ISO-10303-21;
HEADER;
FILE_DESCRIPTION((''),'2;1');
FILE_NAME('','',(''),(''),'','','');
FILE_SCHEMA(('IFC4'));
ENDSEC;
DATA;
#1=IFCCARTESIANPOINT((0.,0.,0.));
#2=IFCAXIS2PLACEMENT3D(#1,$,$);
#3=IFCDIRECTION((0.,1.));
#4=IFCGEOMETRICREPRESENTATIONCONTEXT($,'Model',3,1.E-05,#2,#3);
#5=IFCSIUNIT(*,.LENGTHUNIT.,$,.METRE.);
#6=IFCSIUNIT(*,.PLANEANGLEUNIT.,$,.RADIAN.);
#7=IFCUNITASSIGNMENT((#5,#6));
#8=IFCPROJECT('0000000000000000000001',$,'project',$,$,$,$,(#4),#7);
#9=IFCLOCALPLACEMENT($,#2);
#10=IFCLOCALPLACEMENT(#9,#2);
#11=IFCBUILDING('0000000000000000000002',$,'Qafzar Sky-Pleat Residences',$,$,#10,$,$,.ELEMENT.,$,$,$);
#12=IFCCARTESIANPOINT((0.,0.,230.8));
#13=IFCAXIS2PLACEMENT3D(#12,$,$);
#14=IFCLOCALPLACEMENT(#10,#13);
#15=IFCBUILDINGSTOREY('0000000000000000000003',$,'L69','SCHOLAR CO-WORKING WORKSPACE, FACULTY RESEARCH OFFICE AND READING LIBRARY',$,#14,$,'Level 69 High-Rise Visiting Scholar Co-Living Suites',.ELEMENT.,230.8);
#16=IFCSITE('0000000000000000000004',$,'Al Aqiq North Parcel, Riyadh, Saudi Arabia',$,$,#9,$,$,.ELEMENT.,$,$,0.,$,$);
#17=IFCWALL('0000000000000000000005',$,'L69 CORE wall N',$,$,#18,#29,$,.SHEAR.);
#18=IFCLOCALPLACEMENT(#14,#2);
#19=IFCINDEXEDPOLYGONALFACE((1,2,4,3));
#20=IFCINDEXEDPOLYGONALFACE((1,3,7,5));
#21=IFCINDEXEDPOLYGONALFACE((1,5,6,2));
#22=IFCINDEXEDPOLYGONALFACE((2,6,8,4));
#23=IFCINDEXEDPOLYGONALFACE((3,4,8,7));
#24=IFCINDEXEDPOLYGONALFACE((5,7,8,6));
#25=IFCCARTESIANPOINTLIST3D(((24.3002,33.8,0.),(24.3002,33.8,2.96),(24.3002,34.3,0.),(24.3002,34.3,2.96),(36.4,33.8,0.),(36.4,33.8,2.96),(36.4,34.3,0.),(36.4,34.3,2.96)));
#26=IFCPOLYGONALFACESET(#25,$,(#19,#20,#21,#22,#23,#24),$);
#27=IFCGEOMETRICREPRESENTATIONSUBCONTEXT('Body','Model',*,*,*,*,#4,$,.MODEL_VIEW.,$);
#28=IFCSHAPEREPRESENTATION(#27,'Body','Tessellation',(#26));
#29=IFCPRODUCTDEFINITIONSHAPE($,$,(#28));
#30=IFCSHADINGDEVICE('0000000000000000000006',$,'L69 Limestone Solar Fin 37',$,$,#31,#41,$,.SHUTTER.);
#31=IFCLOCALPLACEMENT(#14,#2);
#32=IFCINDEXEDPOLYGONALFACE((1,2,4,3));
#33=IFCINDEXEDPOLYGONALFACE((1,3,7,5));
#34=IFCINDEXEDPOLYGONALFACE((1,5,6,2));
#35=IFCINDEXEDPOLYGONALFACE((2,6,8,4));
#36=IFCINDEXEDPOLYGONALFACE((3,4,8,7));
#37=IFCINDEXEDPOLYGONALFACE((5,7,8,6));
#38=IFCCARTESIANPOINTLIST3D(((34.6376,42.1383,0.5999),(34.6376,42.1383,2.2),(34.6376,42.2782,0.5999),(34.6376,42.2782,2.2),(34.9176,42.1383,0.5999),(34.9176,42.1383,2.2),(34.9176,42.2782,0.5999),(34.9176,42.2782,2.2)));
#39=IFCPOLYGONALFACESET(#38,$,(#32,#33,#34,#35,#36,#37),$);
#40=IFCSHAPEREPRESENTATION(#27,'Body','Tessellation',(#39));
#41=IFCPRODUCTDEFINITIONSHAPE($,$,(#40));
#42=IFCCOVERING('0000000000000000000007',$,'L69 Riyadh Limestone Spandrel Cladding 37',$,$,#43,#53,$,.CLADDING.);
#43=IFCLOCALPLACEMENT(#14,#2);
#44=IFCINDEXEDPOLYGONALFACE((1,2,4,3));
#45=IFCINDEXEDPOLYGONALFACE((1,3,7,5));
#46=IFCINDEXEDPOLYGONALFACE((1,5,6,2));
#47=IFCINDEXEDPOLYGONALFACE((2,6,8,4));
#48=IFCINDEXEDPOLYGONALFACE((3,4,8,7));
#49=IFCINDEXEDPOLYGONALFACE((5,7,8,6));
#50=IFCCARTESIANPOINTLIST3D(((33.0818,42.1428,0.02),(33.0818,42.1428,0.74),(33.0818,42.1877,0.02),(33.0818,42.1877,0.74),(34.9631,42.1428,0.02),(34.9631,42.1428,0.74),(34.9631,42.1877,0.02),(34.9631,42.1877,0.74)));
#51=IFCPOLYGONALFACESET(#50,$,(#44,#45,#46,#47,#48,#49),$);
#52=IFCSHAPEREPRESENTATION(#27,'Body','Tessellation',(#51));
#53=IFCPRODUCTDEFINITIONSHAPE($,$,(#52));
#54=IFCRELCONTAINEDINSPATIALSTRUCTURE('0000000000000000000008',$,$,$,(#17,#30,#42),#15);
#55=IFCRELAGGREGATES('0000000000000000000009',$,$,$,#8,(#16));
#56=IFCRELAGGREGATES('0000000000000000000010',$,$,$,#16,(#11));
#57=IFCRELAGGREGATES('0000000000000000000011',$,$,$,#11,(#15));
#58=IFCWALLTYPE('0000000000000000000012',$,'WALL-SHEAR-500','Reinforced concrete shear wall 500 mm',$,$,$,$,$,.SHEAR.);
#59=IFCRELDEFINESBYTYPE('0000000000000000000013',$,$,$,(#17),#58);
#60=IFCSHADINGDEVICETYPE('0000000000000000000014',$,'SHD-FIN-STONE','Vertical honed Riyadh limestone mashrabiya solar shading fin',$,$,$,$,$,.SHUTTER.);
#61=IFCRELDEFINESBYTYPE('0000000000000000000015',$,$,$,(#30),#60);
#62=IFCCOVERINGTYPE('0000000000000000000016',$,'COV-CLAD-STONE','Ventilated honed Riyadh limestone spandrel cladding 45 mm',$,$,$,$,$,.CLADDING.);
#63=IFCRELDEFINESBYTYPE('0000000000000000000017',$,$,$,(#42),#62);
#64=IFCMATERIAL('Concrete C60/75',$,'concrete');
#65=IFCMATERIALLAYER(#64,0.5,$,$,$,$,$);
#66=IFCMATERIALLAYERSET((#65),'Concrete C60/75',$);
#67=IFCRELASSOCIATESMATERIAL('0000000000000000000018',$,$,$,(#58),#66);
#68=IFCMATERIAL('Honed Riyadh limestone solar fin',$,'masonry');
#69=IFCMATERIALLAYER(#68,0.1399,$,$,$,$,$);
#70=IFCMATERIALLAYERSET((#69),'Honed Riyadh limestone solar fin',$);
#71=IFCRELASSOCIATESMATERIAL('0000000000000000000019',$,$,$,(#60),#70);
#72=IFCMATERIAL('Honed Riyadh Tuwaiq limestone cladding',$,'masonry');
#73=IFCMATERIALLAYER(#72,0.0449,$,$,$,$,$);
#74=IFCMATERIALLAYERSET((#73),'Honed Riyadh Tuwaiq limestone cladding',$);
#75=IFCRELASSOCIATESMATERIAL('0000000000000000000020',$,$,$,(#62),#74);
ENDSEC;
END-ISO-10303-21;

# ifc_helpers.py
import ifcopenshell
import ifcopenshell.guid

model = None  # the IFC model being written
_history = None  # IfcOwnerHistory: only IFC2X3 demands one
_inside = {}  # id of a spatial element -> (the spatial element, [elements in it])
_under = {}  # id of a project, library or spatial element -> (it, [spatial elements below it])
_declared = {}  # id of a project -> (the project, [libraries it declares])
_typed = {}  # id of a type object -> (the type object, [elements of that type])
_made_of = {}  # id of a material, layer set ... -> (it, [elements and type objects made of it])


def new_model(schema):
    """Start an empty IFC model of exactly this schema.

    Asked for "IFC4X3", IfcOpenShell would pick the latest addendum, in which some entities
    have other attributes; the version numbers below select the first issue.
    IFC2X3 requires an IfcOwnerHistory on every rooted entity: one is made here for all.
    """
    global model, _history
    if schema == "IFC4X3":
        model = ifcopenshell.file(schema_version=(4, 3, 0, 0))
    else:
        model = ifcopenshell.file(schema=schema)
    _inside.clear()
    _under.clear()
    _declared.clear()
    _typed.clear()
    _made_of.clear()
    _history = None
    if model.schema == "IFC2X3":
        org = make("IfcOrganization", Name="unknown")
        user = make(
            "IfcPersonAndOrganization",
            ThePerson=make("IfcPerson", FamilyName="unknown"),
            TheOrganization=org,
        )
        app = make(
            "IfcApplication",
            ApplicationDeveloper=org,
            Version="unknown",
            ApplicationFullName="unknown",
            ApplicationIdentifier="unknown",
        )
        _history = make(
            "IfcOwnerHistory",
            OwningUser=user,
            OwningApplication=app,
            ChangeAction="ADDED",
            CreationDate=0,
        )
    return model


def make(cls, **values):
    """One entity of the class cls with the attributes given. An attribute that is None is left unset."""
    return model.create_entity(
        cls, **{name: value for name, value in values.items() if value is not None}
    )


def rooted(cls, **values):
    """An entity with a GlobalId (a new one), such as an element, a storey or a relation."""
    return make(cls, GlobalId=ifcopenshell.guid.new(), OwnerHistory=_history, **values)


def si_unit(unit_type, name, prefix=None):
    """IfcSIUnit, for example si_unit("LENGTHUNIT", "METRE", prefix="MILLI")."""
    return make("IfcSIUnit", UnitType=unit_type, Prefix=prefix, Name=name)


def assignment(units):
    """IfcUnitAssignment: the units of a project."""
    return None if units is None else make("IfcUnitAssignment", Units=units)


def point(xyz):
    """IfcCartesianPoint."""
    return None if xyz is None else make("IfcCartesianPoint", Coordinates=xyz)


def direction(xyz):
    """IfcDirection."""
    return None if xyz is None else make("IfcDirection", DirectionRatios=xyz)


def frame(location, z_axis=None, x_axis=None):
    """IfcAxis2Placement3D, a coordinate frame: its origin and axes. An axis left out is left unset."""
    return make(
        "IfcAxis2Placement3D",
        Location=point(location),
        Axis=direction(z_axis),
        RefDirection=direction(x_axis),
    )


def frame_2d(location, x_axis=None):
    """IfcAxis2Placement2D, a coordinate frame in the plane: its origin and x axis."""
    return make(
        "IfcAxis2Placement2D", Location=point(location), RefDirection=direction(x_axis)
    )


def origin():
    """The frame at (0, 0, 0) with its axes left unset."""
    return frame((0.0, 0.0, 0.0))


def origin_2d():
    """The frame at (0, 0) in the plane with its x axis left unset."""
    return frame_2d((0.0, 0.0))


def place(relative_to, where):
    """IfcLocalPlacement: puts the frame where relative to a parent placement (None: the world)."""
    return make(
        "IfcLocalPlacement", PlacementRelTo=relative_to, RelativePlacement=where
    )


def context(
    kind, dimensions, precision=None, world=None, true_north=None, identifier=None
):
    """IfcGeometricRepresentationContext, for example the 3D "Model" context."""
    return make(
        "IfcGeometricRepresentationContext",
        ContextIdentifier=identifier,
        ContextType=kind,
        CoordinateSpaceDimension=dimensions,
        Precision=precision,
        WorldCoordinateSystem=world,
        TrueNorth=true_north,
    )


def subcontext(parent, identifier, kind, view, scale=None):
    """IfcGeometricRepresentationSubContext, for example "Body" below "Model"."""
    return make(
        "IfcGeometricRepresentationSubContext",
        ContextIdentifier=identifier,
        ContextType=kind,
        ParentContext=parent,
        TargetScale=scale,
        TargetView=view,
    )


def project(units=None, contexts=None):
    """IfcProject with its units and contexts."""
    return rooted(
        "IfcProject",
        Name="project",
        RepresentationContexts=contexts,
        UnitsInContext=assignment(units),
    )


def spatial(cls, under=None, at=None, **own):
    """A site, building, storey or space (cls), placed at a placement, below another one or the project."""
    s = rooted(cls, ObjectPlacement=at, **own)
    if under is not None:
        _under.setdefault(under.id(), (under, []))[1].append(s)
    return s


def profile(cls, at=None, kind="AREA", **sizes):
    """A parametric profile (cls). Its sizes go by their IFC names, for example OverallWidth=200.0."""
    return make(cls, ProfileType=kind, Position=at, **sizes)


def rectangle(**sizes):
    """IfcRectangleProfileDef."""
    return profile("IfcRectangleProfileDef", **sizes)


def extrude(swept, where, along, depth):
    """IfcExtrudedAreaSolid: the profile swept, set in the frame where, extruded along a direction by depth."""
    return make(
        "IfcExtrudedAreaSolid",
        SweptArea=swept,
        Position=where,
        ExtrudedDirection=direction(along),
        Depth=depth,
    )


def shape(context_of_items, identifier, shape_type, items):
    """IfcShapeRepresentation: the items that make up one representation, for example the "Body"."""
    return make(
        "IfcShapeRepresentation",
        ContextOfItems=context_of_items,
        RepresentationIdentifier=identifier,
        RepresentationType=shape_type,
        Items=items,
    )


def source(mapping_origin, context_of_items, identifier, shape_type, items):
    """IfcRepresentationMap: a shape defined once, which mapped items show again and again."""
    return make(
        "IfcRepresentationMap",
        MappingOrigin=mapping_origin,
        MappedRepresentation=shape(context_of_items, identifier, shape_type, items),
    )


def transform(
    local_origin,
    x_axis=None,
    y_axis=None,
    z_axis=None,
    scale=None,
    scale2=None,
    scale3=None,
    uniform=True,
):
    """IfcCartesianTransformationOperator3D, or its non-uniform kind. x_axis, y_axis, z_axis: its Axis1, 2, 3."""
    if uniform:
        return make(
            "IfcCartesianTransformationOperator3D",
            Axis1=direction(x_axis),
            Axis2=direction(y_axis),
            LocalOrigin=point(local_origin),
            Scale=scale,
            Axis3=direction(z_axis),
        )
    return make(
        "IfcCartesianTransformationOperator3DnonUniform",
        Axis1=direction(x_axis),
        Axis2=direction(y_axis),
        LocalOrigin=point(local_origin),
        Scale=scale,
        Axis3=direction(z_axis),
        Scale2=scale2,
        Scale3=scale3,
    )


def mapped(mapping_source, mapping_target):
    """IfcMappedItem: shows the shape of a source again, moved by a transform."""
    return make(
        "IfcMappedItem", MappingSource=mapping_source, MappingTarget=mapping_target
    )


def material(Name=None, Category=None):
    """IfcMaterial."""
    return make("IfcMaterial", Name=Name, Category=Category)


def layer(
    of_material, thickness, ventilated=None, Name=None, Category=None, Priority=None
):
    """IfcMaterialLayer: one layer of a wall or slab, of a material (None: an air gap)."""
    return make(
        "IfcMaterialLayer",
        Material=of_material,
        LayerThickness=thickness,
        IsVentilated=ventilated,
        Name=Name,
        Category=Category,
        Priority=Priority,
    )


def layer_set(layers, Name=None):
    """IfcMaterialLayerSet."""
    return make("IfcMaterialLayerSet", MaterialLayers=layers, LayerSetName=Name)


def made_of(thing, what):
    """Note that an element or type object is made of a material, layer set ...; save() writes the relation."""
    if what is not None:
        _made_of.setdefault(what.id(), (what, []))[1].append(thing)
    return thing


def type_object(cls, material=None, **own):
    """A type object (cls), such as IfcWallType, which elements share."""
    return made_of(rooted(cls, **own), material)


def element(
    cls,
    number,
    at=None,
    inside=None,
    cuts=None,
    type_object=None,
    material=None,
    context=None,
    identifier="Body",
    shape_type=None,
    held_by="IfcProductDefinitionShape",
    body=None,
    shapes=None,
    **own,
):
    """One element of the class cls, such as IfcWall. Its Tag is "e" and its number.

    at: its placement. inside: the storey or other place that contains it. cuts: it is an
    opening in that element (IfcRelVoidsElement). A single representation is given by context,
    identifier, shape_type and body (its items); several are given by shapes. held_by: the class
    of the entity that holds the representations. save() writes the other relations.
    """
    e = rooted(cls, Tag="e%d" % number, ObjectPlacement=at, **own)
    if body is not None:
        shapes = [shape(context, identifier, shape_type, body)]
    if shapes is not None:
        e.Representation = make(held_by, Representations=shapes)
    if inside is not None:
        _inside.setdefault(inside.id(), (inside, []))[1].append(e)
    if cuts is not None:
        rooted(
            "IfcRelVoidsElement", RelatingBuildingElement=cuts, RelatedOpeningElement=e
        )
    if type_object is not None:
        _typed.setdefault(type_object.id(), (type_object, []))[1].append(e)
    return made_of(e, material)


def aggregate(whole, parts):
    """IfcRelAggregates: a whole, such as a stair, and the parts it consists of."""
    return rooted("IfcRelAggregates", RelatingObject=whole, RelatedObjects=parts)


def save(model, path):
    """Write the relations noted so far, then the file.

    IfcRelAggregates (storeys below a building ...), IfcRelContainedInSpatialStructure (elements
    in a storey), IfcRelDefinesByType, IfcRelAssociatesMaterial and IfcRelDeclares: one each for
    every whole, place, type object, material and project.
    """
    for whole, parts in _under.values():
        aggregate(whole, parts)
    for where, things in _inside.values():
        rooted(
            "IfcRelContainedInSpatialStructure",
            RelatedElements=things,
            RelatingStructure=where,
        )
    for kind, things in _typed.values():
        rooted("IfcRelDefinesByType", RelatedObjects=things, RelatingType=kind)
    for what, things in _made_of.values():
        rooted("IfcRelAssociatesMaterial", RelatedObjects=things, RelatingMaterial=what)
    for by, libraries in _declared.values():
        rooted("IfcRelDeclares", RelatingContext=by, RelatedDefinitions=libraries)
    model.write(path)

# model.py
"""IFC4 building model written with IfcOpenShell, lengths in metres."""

from ifc_helpers import new_model, si_unit, direction, frame, frame_2d, origin, origin_2d, place, context, subcontext, project, spatial, rectangle, extrude, source, transform, mapped, material, layer, layer_set, type_object, element, save


model = new_model("IFC4")

# Units and contexts
model_context = context("Model", 3, precision=1e-05, world=origin(), true_north=direction((0.0, 1.0)))
body_context = subcontext(model_context, "Body", "Model", "MODEL_VIEW")
ifc_project = project(units=[si_unit("LENGTHUNIT", "METRE"), si_unit("PLANEANGLEUNIT", "RADIAN")], contexts=[model_context])

# Site, building, storey
site_placement = place(None, origin())
site = spatial("IfcSite", under=ifc_project, at=site_placement, Name="Al Aqiq North Parcel, Riyadh, Saudi Arabia", CompositionType="ELEMENT", RefElevation=0.0)
building_placement = place(site_placement, origin())
building = spatial("IfcBuilding", under=site, at=building_placement, Name="Qafzar Sky-Pleat Residences", CompositionType="ELEMENT")
storey_placement = place(building_placement, frame((0.0, 0.0, 230.8)))
storey = spatial("IfcBuildingStorey", under=building, at=storey_placement, Name="L69", Description="SCHOLAR CO-WORKING WORKSPACE, FACULTY RESEARCH OFFICE AND READING LIBRARY", LongName="Level 69 High-Rise Visiting Scholar Co-Living Suites", CompositionType="ELEMENT", Elevation=230.8)

# Wall
ifc_material_1 = material(Name="Concrete C60/75", Category="concrete")
ifc_layer_1 = layer(ifc_material_1, 0.5)
ifc_layer_set_1 = layer_set([ifc_layer_1], Name="Concrete C60/75")
wall_type_1 = type_object("IfcWallType", Name="WALL-SHEAR-500", Description="Reinforced concrete shear wall 500 mm", PredefinedType="SHEAR", material=ifc_layer_set_1)
wall_1_placement = place(storey_placement, frame((36.3999, 34.05, 0.0), z_axis=(0.0, 0.0, 1.0), x_axis=(-1.0, 0.0, 0.0)))
element("IfcWall", 1, at=wall_1_placement, inside=storey, type_object=wall_type_1, Name="L69 CORE wall N", PredefinedType="SHEAR", context=body_context, shape_type="SweptSolid", body=[
    extrude(rectangle(XDim=12.0999, YDim=0.5, at=frame_2d((6.0498, 0.0))), origin(), (0.0, 0.0, 1.0), 2.96),
])

# Shading device
ifc_material_2 = material(Name="Honed Riyadh limestone solar fin", Category="masonry")
ifc_layer_2 = layer(ifc_material_2, 0.1399)
ifc_layer_set_2 = layer_set([ifc_layer_2], Name="Honed Riyadh limestone solar fin")
shading_device_type = type_object("IfcShadingDeviceType", Name="SHD-FIN-STONE", Description="Vertical honed Riyadh limestone mashrabiya solar shading fin", PredefinedType="SHUTTER", material=ifc_layer_set_2)
shared_shape_1 = source(origin(), body_context, "Body", "SweptSolid", [
    extrude(rectangle(XDim=0.1399, YDim=0.28, at=origin_2d()), origin(), (0.0, 0.0, 1.0), 1.6001),
])
shading_device_placement = place(storey_placement, frame((34.7776, 42.2083, 0.5999), z_axis=(0.0, 0.0, 1.0), x_axis=(0.0, 1.0, 0.0)))
element("IfcShadingDevice", 2, at=shading_device_placement, inside=storey, type_object=shading_device_type, Name="L69 Limestone Solar Fin 37", PredefinedType="SHUTTER", context=body_context, shape_type="MappedRepresentation", body=[
    mapped(shared_shape_1, transform((0.0, 0.0, 0.0), x_axis=(1.0, 0.0, 0.0), y_axis=(0.0, 1.0, 0.0), z_axis=(0.0, 0.0, 1.0), scale=1.0)),
])

# Covering
ifc_material_3 = material(Name="Honed Riyadh Tuwaiq limestone cladding", Category="masonry")
ifc_layer_3 = layer(ifc_material_3, 0.0449)
ifc_layer_set_3 = layer_set([ifc_layer_3], Name="Honed Riyadh Tuwaiq limestone cladding")
covering_type = type_object("IfcCoveringType", Name="COV-CLAD-STONE", Description="Ventilated honed Riyadh limestone spandrel cladding 45 mm", PredefinedType="CLADDING", material=ifc_layer_set_3)
shared_shape_2 = source(origin(), body_context, "Body", "SweptSolid", [
    extrude(rectangle(XDim=1.8813, YDim=0.0449, at=origin_2d()), origin(), (0.0, 0.0, 1.0), 0.72),
])
covering_placement = place(storey_placement, frame((34.0225, 42.1653, 0.02), z_axis=(0.0, 0.0, 1.0), x_axis=(-1.0, 0.0, 0.0)))
element("IfcCovering", 3, at=covering_placement, inside=storey, type_object=covering_type, Name="L69 Riyadh Limestone Spandrel Cladding 37", PredefinedType="CLADDING", context=body_context, shape_type="MappedRepresentation", body=[
    mapped(shared_shape_2, transform((0.0, 0.0, 0.0), x_axis=(1.0, 0.0, 0.0), y_axis=(0.0, 1.0, 0.0), z_axis=(0.0, 0.0, 1.0), scale=1.0)),
])

save(model, "model.ifc")
